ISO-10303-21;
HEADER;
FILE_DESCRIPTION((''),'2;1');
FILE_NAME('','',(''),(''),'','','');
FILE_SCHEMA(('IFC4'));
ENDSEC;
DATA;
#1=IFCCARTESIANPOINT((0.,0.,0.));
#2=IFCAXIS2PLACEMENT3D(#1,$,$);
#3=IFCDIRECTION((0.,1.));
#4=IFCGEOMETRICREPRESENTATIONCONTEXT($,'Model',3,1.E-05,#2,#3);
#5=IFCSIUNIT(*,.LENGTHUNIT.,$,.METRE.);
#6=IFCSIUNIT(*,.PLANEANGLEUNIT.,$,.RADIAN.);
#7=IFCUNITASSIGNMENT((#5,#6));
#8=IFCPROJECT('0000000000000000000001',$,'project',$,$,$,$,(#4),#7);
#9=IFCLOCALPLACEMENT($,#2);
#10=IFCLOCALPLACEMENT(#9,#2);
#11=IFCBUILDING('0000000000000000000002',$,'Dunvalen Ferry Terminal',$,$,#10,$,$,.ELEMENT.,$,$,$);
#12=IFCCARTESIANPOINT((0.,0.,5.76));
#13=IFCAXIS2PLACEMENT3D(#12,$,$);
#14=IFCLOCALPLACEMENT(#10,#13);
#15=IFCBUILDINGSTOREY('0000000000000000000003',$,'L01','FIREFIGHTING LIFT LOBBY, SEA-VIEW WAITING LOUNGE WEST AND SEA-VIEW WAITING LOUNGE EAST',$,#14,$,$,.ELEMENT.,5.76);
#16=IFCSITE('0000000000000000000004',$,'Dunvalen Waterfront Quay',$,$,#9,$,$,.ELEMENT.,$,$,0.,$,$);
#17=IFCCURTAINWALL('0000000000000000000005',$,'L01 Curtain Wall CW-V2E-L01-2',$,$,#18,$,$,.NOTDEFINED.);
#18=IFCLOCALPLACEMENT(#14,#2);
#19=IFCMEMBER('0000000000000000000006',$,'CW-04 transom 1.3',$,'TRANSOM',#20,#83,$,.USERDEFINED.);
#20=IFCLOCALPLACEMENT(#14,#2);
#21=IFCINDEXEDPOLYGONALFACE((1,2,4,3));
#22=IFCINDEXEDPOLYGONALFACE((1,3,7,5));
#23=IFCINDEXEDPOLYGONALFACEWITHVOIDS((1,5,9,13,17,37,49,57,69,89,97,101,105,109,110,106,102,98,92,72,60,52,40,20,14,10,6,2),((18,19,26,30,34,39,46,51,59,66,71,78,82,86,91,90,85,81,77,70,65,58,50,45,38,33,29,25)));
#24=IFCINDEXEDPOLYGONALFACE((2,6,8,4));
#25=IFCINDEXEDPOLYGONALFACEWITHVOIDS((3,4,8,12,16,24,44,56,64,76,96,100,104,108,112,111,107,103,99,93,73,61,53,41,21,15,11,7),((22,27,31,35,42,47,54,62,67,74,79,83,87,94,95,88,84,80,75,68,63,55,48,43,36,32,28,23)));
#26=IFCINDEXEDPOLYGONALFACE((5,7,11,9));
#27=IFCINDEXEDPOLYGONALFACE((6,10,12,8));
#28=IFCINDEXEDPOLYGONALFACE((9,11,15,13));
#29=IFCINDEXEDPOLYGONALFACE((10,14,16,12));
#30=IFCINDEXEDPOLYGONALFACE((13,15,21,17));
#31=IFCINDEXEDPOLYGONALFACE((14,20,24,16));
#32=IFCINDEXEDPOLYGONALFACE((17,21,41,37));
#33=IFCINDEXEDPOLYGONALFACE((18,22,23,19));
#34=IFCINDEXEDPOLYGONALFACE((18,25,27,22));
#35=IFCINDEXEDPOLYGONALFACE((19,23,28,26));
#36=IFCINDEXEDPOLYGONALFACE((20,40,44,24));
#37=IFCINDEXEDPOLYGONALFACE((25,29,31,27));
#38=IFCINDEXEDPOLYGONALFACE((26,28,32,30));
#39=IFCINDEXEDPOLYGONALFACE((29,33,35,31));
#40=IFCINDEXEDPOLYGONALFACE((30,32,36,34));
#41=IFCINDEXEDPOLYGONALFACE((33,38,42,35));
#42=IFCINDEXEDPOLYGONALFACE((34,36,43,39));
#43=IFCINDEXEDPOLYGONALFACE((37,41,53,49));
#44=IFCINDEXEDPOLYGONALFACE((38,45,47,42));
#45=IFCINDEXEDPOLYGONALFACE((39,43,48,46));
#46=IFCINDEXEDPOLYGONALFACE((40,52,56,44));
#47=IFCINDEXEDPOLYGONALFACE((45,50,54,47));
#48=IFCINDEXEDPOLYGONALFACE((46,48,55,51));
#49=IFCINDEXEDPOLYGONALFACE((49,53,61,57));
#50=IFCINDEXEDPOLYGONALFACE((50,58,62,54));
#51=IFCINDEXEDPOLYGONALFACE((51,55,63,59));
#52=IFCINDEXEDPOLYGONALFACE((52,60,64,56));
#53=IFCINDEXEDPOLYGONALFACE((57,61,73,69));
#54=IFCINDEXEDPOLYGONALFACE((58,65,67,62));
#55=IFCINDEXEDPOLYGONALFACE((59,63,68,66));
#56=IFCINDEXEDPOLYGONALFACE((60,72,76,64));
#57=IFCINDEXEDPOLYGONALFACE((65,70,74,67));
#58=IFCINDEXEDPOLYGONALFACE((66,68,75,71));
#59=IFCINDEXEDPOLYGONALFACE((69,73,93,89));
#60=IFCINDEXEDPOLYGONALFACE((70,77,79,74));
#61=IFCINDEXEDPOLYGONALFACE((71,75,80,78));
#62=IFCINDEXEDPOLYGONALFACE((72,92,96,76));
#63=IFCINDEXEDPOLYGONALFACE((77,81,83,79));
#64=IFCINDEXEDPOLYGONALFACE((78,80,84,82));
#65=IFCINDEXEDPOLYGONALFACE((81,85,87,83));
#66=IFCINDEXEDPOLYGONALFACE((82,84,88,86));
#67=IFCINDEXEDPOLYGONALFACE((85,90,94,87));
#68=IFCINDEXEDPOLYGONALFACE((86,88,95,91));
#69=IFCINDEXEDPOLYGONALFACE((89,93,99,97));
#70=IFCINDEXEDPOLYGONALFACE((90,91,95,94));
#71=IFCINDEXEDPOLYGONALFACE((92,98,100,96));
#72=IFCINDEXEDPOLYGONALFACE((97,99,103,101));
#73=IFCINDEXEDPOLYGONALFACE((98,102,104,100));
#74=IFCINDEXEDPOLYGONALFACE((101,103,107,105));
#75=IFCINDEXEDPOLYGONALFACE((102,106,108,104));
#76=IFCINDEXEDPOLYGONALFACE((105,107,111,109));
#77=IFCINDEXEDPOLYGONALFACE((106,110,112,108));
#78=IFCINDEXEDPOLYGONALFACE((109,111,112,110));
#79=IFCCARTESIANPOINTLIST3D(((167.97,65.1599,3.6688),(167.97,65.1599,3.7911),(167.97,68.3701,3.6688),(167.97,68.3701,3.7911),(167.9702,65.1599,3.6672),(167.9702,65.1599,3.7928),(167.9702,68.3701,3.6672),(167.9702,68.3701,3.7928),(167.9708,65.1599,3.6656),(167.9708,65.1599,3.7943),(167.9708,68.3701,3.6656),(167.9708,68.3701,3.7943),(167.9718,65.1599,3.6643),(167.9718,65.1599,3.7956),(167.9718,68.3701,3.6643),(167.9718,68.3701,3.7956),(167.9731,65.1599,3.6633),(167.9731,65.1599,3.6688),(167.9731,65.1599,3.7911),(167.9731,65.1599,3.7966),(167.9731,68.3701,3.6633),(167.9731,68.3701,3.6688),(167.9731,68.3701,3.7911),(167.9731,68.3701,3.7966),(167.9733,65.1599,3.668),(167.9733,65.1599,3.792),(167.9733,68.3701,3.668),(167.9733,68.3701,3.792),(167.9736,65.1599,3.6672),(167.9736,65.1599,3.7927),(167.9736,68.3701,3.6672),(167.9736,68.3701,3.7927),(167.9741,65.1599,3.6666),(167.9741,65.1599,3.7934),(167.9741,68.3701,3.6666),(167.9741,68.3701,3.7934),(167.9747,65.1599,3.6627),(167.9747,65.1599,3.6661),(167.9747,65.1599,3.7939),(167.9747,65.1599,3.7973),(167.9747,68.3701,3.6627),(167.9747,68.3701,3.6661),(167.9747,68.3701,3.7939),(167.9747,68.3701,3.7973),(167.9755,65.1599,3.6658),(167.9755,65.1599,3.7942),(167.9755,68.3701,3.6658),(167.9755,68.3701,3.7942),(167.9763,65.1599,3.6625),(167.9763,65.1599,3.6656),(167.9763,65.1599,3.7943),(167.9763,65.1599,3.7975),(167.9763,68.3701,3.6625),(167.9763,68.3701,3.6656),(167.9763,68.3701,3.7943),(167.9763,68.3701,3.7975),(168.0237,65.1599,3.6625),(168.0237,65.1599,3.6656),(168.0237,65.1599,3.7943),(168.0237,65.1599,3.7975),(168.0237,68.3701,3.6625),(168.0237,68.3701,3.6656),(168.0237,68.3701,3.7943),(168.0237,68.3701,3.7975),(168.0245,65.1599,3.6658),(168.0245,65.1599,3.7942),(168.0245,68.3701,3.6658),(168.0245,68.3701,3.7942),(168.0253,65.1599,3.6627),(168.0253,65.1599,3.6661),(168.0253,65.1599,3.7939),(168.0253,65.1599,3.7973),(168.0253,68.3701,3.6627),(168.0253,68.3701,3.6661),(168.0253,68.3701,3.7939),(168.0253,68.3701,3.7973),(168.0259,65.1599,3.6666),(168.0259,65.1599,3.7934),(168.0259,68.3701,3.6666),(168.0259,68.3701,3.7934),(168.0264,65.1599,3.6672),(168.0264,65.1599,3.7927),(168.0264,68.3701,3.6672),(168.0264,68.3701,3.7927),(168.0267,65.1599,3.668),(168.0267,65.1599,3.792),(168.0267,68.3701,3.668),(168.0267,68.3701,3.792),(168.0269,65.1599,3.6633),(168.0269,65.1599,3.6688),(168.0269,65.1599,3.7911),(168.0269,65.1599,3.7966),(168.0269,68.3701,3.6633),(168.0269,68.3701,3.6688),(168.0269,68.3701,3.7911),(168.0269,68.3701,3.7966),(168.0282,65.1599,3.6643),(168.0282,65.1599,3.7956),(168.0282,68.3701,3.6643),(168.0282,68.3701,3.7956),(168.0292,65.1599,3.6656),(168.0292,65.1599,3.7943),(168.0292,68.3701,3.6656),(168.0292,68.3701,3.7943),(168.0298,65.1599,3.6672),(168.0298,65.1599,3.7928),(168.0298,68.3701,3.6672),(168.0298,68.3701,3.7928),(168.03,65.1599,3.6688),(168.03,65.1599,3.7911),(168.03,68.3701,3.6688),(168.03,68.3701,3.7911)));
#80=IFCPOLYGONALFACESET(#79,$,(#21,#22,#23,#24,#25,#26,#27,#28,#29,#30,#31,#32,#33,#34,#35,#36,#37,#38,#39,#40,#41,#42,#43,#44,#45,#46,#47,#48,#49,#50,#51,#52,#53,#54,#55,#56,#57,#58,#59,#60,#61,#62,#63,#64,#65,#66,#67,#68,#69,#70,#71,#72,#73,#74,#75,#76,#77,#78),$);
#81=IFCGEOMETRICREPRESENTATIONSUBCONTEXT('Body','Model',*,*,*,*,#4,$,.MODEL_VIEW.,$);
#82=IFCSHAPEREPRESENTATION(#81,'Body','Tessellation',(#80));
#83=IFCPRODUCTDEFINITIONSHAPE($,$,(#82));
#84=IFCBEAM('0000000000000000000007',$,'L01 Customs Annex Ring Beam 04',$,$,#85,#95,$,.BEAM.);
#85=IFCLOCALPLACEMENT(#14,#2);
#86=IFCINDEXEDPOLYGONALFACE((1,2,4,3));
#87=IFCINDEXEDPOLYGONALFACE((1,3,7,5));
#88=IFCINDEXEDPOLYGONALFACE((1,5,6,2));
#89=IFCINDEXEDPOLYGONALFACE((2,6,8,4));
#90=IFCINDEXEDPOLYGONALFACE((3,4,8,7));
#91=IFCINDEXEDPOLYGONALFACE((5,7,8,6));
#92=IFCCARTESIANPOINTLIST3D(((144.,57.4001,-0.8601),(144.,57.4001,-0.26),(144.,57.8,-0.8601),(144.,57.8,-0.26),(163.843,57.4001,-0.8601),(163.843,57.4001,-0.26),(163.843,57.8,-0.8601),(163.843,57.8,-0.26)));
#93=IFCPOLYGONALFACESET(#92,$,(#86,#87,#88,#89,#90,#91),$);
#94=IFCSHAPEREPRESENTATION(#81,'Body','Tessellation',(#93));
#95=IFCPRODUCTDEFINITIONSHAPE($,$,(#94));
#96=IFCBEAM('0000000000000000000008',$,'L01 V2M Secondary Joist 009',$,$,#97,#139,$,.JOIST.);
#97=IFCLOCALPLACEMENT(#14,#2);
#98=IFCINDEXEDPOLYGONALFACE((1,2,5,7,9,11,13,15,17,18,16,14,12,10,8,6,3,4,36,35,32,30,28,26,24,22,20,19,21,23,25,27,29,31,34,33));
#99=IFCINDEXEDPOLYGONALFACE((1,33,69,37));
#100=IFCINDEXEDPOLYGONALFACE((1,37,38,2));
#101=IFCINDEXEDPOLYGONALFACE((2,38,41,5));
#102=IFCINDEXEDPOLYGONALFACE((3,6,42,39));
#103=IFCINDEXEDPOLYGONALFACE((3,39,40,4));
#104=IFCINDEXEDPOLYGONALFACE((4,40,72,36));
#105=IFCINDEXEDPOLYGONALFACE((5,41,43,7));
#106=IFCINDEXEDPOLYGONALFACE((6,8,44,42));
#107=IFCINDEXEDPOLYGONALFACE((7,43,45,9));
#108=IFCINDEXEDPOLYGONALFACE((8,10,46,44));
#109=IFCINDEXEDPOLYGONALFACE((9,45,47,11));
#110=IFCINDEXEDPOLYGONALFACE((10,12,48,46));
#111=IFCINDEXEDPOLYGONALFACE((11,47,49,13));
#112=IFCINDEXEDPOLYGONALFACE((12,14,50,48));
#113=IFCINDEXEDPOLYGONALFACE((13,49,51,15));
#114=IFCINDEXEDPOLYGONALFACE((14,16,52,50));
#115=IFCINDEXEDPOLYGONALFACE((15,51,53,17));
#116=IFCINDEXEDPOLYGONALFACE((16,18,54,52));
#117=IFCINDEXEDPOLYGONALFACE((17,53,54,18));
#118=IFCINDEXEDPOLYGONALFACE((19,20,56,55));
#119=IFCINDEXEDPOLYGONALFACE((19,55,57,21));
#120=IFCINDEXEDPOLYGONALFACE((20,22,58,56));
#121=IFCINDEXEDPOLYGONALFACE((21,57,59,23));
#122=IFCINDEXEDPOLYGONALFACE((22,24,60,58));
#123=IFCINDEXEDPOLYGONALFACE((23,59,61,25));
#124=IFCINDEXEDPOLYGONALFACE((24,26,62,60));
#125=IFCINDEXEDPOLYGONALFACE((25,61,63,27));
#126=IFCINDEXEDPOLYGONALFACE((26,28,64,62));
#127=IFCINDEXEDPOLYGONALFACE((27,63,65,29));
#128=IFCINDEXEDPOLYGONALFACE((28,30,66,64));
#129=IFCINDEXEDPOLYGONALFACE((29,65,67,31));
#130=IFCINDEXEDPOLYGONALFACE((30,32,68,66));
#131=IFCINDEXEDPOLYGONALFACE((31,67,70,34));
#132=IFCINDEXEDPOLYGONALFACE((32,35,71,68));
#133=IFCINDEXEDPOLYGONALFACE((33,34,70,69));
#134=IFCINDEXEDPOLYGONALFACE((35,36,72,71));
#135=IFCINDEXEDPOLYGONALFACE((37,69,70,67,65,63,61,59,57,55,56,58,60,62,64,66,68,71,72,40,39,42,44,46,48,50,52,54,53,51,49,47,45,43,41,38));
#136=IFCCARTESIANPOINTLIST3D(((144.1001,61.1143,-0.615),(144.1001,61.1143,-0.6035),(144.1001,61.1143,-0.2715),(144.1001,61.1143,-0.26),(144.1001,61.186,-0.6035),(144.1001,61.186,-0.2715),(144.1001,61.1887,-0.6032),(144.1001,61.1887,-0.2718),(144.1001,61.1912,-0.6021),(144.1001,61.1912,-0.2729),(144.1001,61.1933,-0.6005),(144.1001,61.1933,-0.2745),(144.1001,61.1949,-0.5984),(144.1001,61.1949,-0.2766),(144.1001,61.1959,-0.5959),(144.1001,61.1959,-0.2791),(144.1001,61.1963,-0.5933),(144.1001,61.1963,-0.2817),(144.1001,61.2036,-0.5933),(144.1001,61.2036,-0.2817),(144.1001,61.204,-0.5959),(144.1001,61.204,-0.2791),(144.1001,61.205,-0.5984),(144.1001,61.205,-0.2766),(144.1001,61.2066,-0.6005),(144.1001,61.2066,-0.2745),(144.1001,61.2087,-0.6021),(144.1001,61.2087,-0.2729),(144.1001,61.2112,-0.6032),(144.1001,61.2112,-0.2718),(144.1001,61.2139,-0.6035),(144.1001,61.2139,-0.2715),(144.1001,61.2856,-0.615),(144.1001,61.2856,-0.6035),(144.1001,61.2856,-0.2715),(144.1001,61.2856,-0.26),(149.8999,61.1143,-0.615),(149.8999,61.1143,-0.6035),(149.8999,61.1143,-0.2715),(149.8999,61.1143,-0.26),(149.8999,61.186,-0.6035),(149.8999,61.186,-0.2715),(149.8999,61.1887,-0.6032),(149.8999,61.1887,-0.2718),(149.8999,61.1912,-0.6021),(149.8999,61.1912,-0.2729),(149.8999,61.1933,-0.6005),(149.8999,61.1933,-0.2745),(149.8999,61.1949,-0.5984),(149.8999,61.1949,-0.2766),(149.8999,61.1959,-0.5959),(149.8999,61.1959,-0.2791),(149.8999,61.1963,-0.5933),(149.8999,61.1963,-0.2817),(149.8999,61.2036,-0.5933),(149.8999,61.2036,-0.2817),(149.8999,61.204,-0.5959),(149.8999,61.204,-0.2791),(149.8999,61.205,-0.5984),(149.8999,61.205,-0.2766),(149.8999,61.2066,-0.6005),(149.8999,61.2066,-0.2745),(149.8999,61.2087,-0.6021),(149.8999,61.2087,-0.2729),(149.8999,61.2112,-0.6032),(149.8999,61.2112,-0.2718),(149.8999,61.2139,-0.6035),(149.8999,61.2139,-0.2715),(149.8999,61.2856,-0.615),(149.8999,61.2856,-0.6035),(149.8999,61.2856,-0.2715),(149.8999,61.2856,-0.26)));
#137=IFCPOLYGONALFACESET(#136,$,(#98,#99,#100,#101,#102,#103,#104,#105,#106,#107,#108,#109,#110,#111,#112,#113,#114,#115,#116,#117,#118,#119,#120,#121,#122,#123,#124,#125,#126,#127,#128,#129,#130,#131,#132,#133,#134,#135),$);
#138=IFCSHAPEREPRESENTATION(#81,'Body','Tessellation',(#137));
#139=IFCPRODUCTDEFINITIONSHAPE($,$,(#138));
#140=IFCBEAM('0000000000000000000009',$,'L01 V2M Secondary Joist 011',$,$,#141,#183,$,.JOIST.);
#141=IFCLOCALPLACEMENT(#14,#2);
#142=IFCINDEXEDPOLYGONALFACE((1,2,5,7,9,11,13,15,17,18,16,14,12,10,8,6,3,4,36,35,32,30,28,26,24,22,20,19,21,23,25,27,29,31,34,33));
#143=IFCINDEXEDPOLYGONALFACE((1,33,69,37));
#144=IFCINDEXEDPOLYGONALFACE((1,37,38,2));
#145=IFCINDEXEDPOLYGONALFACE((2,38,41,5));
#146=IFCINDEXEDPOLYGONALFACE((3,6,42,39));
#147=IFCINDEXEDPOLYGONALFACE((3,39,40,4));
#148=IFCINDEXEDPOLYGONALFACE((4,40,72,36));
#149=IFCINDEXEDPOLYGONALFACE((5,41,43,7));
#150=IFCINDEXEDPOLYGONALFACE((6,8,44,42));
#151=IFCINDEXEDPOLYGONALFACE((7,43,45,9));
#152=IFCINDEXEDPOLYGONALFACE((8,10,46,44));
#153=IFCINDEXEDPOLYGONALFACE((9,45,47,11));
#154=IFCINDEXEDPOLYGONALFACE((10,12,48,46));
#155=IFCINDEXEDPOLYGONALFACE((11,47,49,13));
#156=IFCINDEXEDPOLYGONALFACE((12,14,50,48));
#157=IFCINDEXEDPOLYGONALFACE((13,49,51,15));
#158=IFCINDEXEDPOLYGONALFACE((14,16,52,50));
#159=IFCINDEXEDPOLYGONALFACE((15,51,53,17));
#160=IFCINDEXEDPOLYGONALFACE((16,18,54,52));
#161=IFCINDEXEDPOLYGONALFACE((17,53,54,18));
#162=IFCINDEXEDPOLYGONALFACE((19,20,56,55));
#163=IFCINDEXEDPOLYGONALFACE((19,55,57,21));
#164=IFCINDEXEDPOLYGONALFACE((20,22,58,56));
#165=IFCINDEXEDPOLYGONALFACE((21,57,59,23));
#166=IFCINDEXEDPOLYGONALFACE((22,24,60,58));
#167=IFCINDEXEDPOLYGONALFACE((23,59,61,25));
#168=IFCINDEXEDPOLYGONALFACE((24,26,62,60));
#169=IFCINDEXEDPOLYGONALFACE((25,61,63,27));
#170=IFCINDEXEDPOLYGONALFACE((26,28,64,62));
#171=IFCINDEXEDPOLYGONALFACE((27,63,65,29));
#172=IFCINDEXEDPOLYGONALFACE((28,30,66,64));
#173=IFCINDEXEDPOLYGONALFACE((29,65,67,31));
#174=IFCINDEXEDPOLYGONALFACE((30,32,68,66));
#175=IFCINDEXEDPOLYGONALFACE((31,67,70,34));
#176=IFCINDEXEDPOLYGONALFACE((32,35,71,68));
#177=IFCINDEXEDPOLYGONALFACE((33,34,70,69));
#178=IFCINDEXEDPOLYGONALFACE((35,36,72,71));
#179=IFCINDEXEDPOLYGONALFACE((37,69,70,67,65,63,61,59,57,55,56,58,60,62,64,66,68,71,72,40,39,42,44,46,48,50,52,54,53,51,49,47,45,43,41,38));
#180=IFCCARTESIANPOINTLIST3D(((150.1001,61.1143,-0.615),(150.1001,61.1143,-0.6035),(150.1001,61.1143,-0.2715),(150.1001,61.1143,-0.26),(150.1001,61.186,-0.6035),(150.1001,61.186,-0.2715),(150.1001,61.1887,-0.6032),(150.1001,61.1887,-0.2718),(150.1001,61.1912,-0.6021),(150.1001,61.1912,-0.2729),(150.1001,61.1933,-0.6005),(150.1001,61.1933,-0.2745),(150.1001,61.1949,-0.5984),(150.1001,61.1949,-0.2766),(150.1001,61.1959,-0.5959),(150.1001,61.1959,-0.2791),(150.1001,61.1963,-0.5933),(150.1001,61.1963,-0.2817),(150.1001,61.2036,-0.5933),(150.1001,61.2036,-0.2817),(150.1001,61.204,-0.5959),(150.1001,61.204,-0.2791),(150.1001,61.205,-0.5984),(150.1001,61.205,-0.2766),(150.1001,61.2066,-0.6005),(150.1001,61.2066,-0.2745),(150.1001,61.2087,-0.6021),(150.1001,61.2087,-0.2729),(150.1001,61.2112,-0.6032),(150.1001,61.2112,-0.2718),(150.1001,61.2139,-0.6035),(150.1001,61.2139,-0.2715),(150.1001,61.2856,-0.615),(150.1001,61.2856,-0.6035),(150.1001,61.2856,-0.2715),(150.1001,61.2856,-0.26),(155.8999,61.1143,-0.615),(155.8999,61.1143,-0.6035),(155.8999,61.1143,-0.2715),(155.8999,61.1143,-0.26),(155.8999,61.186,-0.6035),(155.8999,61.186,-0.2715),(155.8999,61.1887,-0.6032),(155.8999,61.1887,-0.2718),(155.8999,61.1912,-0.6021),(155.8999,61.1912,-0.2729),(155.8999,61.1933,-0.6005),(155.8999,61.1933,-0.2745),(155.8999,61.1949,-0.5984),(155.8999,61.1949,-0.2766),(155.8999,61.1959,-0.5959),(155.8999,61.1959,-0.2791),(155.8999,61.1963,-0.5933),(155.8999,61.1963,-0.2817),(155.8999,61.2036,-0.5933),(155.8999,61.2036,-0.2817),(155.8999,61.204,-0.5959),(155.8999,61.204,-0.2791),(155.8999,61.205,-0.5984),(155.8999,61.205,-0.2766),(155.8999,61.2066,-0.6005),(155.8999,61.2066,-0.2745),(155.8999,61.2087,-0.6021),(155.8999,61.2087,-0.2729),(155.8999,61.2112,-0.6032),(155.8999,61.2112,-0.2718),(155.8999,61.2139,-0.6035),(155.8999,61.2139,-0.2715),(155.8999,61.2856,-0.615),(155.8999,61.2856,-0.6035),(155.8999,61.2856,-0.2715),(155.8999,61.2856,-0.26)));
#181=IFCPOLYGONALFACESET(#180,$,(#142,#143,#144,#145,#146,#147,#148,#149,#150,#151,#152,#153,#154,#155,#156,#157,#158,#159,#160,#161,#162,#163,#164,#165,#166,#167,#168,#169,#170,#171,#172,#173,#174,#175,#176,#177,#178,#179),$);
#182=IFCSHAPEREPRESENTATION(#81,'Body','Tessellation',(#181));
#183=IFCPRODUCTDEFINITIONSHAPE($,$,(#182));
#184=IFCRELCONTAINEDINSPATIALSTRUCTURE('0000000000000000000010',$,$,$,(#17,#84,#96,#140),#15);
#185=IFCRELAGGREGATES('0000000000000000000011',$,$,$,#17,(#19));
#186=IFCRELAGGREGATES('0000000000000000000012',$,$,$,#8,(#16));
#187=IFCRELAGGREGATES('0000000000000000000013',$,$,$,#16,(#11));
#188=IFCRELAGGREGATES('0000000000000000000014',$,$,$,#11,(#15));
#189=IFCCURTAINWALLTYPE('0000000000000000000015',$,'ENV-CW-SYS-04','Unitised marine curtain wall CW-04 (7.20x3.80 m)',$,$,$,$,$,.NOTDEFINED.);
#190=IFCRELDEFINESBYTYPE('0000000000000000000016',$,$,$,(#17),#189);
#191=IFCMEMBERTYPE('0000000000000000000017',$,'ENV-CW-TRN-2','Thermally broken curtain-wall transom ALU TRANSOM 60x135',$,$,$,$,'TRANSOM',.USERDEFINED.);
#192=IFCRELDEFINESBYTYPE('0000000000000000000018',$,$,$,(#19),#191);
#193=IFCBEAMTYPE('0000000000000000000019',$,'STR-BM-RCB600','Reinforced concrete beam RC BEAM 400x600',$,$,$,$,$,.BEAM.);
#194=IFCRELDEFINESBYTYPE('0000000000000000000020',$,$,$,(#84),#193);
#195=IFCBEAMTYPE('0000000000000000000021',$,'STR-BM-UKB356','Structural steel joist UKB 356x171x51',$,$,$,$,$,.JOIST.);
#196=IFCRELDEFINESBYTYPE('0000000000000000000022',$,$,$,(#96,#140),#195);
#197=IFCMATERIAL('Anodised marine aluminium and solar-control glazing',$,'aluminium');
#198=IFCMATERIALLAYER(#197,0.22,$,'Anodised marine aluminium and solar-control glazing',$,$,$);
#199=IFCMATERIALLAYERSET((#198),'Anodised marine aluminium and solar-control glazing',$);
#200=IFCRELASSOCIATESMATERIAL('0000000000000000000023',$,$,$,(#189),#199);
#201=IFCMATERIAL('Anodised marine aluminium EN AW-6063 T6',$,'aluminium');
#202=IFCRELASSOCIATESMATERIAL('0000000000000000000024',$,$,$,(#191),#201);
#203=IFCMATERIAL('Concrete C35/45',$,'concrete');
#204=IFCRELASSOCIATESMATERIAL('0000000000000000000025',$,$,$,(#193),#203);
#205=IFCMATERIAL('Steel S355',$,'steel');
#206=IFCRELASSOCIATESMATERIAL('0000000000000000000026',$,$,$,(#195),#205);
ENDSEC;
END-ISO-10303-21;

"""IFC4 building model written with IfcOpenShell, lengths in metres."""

from ifc_helpers import new_model, si_unit, direction, frame, origin, origin_2d, place, context, subcontext, project, spatial, rectangle, hollow_rectangle, i_section, extrude, material, layer, layer_set, material_profile, profile_set, type_object, element, aggregate, save


model = new_model("IFC4")

# Units and contexts
model_context = context("Model", 3, precision=1e-05, world=origin(), true_north=direction((0.0, 1.0)))
body_context = subcontext(model_context, "Body", "Model", "MODEL_VIEW")
ifc_project = project(units=[si_unit("LENGTHUNIT", "METRE"), si_unit("PLANEANGLEUNIT", "RADIAN")], contexts=[model_context])

# Site, building, storey
site_placement = place(None, origin())
site = spatial("IfcSite", under=ifc_project, at=site_placement, Name="Dunvalen Waterfront Quay", CompositionType="ELEMENT", RefElevation=0.0)
building_placement = place(site_placement, origin())
building = spatial("IfcBuilding", under=site, at=building_placement, Name="Dunvalen Ferry Terminal", CompositionType="ELEMENT")
storey_placement = place(building_placement, frame((0.0, 0.0, 5.76)))
storey = spatial("IfcBuildingStorey", under=building, at=storey_placement, Name="L01", Description="FIREFIGHTING LIFT LOBBY, SEA-VIEW WAITING LOUNGE WEST AND SEA-VIEW WAITING LOUNGE EAST", CompositionType="ELEMENT", Elevation=5.76)

# Shared definitions
ifc_material_1 = material(Name="Concrete C35/45", Category="concrete")

# Shared definitions
ifc_material_2 = material(Name="Anodised marine aluminium and solar-control glazing", Category="aluminium")
ifc_layer_1 = layer(ifc_material_2, 0.22, Name="Anodised marine aluminium and solar-control glazing")
ifc_layer_set_1 = layer_set([ifc_layer_1], Name="Anodised marine aluminium and solar-control glazing")
curtain_wall_type = type_object("IfcCurtainWallType", Name="ENV-CW-SYS-04", Description="Unitised marine curtain wall CW-04 (7.20x3.80 m)", PredefinedType="NOTDEFINED", material=ifc_layer_set_1)
ifc_material_3 = material(Name="Anodised marine aluminium EN AW-6063 T6", Category="aluminium")

# Curtain wall
curtain_wall_1_placement = place(storey_placement, origin())
curtain_wall_1 = element("IfcCurtainWall", 1, at=curtain_wall_1_placement, inside=storey, type_object=curtain_wall_type, Name="L01 Curtain Wall CW-V2E-L01-2", PredefinedType="NOTDEFINED")

# Member
ifc_material_profile_1 = material_profile(ifc_material_3, hollow_rectangle(XDim=0.0601, YDim=0.135, WallThickness=0.0032, InnerFilletRadius=0.0032, OuterFilletRadius=0.0063, at=origin_2d()), Name="Anodised marine aluminium EN AW-6063 T6")
ifc_profile_set_1 = profile_set([ifc_material_profile_1], Name="Anodised marine aluminium EN AW-6063 T6")
member_type_1 = type_object("IfcMemberType", Name="ENV-CW-TRN-2", Description="Thermally broken curtain-wall transom ALU TRANSOM 60x135", ElementType="TRANSOM", PredefinedType="USERDEFINED", material=ifc_profile_set_1)
member_1_placement = place(storey_placement, frame((168.0, 65.1599, 3.73), z_axis=(0.0, 1.0, 0.0), x_axis=(-1.0, 0.0, 0.0)))
member_1 = element("IfcMember", 2, at=member_1_placement, type_object=member_type_1, Name="CW-04 transom 1.3", ObjectType="TRANSOM", PredefinedType="USERDEFINED", context=body_context, shape_type="SweptSolid", body=[
    extrude(hollow_rectangle(XDim=0.0601, YDim=0.135, WallThickness=0.0032, InnerFilletRadius=0.0032, OuterFilletRadius=0.0063, at=origin_2d()), origin(), (0.0, 0.0, 1.0), 3.2102),
])

# Beams
ifc_material_profile_2 = material_profile(ifc_material_1, rectangle(XDim=0.3999, YDim=0.6001, at=origin_2d()), Name="Concrete C35/45")
ifc_profile_set_2 = profile_set([ifc_material_profile_2], Name="Concrete C35/45")
beam_type_1 = type_object("IfcBeamType", Name="STR-BM-RCB600", Description="Reinforced concrete beam RC BEAM 400x600", PredefinedType="BEAM", material=ifc_profile_set_2)
beam_1_placement = place(storey_placement, frame((163.843, 57.6001, -0.5601), z_axis=(-1.0, 0.0, 0.0), x_axis=(0.0, -1.0, 0.0)))
element("IfcBeam", 3, at=beam_1_placement, inside=storey, type_object=beam_type_1, Name="L01 Customs Annex Ring Beam 04", PredefinedType="BEAM", context=body_context, shape_type="SweptSolid", body=[
    extrude(rectangle(XDim=0.3999, YDim=0.6001, at=origin_2d()), origin(), (0.0, 0.0, 1.0), 19.843),
])
ifc_material_4 = material(Name="Steel S355", Category="steel")
ifc_material_profile_3 = material_profile(ifc_material_4, i_section(OverallWidth=0.1714, OverallDepth=0.355, WebThickness=0.0073, FlangeThickness=0.0115, FilletRadius=0.0103, at=origin_2d()), Name="Steel S355")
ifc_profile_set_3 = profile_set([ifc_material_profile_3], Name="Steel S355")
beam_type_2 = type_object("IfcBeamType", Name="STR-BM-UKB356", Description="Structural steel joist UKB 356x171x51", PredefinedType="JOIST", material=ifc_profile_set_3)
for number, where, z_axis, x_axis, name in (
    (4, (144.1001, 61.2, -0.4375), (1.0, 0.0, 0.0), (0.0, 1.0, 0.0), "L01 V2M Secondary Joist 009"),
    (5, (150.1001, 61.2, -0.4375), (1.0, 0.0, 0.0), (0.0, 1.0, 0.0), "L01 V2M Secondary Joist 011"),
):
    element("IfcBeam", number, at=place(storey_placement, frame(where, z_axis=z_axis, x_axis=x_axis)), inside=storey, type_object=beam_type_2, Name=name, PredefinedType="JOIST", context=body_context, shape_type="SweptSolid", body=[
        extrude(i_section(OverallWidth=0.1714, OverallDepth=0.355, WebThickness=0.0073, FlangeThickness=0.0115, FilletRadius=0.0103, at=origin_2d()), origin(), (0.0, 0.0, 1.0), 5.7998),
    ])

aggregate(curtain_wall_1, [member_1])

save(model, "model.ifc")
